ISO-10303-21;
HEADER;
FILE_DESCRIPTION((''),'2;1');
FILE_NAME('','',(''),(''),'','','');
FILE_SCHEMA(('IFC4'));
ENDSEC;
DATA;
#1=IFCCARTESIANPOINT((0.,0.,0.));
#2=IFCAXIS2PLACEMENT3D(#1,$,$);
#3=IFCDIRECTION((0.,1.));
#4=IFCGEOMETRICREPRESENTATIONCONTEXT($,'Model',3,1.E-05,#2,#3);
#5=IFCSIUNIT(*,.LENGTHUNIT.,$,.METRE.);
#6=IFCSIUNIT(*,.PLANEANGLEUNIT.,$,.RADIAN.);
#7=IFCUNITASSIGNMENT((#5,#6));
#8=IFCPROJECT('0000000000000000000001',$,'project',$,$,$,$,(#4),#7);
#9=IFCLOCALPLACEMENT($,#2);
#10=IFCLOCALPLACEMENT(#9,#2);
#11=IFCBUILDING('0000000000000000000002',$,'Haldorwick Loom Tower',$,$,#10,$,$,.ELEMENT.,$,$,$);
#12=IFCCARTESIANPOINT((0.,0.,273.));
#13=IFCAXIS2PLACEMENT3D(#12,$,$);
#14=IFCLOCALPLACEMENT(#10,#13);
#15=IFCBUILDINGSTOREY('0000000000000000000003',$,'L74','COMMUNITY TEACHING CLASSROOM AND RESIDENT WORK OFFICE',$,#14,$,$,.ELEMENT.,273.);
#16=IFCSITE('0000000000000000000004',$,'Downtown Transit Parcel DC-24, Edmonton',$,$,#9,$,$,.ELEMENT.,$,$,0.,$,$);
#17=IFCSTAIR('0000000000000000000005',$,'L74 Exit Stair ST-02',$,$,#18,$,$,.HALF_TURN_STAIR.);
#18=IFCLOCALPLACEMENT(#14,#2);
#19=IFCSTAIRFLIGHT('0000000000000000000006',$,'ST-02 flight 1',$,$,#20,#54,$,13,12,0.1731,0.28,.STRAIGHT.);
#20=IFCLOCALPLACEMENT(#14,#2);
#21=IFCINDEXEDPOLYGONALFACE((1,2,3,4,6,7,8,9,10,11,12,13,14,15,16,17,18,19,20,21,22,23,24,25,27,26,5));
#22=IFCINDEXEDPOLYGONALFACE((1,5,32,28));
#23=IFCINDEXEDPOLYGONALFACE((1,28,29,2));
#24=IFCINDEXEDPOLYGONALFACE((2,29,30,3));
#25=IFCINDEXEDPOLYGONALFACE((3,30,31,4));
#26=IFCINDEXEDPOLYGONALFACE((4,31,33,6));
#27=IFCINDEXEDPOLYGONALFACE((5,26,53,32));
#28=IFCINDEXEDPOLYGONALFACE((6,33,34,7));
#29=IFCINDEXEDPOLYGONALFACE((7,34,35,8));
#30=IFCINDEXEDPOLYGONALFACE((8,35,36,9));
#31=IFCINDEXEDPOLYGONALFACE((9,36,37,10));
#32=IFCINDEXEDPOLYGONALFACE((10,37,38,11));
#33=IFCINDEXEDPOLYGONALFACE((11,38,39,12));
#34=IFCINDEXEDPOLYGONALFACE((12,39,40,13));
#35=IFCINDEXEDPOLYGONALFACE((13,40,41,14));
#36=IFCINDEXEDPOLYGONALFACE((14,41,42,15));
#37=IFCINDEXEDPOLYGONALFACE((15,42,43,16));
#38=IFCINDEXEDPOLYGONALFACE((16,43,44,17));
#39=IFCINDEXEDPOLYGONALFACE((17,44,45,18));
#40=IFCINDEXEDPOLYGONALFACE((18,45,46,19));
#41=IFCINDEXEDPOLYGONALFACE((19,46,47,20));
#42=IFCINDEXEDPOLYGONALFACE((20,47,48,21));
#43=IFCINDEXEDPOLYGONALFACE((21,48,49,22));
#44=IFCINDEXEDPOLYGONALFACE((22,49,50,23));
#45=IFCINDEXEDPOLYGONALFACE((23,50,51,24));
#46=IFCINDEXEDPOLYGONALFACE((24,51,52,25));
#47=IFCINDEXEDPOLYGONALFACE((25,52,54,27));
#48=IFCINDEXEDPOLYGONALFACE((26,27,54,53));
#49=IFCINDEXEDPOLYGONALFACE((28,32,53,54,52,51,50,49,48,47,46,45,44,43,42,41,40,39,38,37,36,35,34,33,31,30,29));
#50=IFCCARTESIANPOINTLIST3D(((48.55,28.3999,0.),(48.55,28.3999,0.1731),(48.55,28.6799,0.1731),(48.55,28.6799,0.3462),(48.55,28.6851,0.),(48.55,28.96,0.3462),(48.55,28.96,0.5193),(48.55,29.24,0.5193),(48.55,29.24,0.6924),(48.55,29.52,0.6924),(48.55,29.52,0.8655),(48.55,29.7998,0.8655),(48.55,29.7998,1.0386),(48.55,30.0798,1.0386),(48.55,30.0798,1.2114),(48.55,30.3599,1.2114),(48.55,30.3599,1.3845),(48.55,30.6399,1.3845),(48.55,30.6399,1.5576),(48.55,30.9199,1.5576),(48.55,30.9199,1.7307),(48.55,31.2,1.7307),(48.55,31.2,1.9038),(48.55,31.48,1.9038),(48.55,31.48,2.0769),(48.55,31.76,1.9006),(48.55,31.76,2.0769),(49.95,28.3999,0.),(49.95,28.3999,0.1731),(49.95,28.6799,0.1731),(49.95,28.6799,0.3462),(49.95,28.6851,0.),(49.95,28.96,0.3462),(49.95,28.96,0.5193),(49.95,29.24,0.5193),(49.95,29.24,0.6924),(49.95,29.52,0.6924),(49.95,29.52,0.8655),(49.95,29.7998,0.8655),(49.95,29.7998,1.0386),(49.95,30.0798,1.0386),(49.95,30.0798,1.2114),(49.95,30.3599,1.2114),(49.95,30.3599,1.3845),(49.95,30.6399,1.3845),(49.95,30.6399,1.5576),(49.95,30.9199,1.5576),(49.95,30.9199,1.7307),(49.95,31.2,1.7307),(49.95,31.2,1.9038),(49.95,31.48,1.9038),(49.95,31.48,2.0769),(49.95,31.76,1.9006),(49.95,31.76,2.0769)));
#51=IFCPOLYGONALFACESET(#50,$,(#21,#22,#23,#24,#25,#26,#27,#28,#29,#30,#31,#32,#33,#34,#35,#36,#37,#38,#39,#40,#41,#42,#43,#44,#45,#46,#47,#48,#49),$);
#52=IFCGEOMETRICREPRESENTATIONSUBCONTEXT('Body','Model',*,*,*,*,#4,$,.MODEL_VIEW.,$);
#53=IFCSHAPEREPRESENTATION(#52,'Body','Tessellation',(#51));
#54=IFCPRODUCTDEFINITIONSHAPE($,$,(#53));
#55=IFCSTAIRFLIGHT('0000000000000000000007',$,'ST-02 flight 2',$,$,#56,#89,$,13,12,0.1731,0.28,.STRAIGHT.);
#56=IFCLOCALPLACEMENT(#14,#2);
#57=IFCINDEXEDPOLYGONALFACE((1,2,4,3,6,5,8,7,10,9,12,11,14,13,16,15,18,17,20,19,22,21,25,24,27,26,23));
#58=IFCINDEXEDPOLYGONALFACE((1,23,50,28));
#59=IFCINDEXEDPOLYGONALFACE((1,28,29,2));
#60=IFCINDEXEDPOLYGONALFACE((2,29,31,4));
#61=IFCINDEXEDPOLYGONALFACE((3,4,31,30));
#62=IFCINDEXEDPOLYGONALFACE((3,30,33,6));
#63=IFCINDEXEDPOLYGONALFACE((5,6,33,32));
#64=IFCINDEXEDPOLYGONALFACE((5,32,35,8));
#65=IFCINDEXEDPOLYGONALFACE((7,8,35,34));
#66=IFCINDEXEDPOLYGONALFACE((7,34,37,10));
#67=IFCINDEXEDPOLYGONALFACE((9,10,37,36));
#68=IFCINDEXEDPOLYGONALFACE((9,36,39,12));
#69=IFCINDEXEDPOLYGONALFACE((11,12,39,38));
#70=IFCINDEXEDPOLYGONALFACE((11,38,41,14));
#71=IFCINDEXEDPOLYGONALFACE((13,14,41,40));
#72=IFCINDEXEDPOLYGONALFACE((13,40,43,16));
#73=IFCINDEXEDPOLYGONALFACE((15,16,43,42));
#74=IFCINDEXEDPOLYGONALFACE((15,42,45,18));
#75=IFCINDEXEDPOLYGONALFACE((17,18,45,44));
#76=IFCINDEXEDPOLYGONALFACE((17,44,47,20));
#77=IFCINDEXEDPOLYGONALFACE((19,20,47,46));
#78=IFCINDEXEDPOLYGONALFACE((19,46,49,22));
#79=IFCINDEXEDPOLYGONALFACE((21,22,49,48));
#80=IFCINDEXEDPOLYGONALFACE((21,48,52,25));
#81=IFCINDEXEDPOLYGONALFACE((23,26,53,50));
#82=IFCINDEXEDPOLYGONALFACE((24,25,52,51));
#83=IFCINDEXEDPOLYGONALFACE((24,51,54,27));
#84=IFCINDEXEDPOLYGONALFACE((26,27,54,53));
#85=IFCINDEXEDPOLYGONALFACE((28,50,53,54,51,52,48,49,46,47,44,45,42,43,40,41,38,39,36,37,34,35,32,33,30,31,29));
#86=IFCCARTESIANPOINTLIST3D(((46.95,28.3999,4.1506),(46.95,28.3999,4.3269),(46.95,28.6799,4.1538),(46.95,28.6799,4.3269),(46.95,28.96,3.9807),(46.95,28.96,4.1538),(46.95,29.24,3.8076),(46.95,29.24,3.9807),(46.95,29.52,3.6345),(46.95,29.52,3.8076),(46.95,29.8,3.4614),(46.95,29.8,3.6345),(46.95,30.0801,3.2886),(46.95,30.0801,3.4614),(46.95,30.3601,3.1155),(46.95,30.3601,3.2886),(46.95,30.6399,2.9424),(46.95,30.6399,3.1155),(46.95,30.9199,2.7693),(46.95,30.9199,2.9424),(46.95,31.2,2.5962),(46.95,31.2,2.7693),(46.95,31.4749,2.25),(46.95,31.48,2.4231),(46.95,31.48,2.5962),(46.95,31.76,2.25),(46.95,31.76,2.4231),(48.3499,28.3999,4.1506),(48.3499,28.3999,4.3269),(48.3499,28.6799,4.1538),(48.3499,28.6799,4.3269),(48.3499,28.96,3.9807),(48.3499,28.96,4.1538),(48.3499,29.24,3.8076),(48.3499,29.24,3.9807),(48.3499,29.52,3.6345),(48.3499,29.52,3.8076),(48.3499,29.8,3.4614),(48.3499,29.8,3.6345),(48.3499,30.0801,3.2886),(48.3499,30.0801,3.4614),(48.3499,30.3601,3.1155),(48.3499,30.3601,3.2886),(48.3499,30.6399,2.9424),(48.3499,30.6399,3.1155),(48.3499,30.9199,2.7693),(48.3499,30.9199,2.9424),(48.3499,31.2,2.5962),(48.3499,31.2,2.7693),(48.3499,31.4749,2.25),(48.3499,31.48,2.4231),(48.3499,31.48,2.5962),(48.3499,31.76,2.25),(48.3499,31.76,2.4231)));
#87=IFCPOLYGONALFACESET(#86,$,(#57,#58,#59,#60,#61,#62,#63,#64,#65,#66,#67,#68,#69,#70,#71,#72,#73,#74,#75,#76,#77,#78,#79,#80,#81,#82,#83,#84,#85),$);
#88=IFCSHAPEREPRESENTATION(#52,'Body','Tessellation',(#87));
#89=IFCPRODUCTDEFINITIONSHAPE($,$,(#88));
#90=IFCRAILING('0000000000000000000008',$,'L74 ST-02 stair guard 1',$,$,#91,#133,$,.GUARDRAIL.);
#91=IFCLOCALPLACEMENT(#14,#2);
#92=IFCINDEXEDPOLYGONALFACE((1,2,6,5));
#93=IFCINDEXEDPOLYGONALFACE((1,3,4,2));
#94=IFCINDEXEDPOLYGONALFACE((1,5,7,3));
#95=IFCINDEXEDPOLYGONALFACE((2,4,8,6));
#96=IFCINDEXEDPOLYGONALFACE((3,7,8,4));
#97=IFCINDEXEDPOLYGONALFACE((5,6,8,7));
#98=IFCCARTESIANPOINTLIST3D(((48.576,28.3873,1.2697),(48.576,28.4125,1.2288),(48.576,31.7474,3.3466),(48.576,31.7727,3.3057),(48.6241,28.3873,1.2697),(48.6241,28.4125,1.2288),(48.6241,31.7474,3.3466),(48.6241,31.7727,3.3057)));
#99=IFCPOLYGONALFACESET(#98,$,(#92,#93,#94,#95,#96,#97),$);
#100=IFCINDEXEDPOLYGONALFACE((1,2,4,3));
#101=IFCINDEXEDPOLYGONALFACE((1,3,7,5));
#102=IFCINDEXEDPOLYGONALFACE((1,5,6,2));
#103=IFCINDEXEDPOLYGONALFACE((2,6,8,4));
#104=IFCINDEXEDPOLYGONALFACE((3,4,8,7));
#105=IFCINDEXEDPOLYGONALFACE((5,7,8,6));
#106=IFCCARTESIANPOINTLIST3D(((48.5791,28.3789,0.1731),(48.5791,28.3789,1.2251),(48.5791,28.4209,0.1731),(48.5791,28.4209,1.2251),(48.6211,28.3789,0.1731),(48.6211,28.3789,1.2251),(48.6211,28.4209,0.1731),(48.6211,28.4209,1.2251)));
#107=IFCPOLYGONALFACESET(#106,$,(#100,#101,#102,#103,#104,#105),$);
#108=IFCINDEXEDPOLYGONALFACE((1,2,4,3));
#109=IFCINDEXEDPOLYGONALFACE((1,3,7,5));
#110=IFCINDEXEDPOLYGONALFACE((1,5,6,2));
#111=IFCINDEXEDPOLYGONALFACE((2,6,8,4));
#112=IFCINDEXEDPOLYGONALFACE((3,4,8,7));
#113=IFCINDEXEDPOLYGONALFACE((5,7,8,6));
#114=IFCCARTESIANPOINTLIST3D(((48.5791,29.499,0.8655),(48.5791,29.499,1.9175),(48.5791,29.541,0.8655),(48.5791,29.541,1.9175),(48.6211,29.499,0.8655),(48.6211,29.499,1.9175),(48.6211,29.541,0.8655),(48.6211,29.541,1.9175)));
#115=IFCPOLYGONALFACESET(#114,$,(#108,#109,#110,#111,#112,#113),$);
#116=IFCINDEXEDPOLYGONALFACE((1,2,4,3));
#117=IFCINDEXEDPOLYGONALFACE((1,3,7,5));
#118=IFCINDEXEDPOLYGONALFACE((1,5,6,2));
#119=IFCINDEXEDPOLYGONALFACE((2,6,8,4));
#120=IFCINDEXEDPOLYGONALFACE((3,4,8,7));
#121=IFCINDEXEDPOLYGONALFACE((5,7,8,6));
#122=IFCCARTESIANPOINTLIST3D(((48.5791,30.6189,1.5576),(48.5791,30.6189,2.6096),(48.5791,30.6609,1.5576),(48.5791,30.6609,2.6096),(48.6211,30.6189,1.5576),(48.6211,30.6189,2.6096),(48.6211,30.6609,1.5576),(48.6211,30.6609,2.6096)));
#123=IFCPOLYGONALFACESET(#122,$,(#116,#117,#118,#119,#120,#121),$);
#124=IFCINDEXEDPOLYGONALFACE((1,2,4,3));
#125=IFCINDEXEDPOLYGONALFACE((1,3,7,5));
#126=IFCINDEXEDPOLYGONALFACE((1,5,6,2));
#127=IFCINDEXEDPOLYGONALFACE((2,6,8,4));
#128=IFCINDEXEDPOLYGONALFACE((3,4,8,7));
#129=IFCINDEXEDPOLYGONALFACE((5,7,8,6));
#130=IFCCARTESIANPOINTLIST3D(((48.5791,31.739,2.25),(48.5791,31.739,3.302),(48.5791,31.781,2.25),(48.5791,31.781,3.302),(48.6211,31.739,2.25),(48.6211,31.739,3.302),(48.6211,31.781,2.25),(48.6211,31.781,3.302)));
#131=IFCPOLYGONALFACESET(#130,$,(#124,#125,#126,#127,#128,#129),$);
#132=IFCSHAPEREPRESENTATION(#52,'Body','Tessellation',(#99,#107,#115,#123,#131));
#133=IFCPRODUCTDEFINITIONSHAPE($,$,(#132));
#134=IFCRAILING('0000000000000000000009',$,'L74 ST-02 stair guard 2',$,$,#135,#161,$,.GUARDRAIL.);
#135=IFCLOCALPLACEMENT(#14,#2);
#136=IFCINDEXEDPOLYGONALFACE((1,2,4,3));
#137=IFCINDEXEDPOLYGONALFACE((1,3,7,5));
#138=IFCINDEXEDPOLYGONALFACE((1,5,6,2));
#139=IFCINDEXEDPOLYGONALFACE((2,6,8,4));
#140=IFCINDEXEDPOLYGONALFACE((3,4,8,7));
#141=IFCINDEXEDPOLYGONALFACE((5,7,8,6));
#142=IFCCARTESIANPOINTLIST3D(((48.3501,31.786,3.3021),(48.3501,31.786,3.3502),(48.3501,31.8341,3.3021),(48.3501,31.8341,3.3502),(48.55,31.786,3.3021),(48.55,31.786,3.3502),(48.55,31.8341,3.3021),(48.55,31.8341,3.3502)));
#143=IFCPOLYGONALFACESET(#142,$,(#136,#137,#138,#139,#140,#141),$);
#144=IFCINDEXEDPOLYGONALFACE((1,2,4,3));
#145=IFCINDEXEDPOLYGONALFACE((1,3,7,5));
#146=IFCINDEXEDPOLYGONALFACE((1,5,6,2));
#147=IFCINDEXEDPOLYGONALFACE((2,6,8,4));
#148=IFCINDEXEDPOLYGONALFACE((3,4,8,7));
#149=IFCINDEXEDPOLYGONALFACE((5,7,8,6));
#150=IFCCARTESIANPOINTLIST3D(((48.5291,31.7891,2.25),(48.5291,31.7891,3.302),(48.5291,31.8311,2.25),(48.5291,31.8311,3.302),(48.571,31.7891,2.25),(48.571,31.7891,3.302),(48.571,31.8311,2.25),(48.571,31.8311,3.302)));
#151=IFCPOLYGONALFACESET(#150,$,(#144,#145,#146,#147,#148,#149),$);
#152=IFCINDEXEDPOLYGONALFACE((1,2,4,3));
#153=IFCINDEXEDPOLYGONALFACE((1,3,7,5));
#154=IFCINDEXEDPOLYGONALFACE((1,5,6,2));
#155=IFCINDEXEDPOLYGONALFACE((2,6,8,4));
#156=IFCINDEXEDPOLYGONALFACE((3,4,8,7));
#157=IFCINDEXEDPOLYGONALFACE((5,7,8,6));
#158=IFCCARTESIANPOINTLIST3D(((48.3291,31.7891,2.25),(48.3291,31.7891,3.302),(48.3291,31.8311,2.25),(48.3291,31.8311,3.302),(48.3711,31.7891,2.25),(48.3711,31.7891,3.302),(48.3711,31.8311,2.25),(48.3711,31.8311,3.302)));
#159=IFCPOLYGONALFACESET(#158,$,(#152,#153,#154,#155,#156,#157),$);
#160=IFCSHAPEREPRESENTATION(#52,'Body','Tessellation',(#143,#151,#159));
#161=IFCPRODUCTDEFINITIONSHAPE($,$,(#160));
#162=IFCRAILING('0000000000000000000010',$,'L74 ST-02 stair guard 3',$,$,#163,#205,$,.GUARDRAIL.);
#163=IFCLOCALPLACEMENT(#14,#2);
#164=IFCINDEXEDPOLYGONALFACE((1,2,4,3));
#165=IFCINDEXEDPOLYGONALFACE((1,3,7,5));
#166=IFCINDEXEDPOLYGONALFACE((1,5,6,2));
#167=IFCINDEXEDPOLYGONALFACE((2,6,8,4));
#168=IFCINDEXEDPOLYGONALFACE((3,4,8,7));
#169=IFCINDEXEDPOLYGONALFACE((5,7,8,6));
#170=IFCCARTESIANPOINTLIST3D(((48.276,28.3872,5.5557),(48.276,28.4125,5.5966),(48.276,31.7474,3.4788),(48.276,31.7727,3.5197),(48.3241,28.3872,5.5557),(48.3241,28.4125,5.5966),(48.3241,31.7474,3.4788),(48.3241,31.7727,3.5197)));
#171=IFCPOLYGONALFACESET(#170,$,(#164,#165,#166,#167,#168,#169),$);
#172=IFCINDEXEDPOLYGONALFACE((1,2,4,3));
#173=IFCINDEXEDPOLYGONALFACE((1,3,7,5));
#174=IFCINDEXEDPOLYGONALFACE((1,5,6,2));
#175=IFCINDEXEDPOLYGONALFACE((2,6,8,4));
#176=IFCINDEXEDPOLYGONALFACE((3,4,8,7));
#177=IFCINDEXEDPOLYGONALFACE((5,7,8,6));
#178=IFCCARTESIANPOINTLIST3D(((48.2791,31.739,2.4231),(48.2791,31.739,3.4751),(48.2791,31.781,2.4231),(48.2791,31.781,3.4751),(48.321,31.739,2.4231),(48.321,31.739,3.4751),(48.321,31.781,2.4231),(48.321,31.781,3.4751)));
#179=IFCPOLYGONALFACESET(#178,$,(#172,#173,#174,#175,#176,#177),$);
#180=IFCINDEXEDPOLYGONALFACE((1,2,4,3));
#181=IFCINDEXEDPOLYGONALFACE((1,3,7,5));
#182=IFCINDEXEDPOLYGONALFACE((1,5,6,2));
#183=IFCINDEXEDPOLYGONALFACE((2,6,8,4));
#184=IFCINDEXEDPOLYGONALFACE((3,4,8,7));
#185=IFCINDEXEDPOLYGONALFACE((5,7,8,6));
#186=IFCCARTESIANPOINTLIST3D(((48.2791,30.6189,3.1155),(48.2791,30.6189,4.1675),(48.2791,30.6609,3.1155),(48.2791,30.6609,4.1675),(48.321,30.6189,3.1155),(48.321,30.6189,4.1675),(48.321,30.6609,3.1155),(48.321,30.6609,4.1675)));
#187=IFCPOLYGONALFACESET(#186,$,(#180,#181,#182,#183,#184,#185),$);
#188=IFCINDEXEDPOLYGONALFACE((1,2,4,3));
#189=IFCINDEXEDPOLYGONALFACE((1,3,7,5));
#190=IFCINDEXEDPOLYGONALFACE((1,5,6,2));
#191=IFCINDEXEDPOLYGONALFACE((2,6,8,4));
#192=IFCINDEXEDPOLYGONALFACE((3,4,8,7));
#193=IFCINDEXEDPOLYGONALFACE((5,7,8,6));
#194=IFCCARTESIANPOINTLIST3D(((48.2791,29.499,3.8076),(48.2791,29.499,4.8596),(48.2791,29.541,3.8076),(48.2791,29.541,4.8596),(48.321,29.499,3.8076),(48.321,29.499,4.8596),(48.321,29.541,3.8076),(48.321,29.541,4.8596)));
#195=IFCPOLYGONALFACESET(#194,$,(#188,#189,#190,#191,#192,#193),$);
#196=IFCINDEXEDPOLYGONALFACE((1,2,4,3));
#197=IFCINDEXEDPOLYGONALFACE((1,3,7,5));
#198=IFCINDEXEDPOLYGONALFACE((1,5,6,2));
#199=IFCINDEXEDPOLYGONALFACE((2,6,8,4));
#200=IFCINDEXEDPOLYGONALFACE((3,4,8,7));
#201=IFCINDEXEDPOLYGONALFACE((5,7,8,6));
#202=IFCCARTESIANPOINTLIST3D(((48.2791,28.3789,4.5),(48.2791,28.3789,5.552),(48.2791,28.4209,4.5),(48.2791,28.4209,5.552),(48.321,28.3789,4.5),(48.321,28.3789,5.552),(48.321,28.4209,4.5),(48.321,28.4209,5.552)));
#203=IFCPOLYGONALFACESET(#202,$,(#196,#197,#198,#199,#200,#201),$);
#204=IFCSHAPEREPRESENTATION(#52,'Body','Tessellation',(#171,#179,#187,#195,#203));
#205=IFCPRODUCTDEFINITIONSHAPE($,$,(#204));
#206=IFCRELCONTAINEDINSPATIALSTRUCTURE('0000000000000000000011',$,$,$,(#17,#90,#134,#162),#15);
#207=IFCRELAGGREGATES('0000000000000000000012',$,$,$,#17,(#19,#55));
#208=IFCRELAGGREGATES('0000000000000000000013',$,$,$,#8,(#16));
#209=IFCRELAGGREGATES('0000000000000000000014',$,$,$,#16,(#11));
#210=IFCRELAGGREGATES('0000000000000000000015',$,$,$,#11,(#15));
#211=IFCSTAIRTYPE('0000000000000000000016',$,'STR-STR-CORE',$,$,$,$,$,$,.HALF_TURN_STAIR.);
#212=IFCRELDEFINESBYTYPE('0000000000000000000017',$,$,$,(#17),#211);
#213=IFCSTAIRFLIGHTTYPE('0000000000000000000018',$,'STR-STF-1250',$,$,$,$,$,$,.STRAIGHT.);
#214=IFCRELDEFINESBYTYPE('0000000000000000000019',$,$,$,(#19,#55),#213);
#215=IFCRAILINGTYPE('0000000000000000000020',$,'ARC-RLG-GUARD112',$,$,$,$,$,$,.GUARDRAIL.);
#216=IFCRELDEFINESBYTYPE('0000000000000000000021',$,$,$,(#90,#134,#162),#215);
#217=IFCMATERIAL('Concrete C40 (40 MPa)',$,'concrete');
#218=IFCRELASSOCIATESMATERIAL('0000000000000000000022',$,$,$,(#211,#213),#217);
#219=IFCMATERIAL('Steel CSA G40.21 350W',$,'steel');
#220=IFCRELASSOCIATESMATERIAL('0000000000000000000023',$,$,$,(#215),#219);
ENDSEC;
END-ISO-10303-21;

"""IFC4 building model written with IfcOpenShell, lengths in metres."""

from ifc_helpers import new_model, si_unit, direction, frame, origin, origin_2d, place, context, subcontext, project, spatial, polyline, rectangle, outline, extrude, material, type_object, element, aggregate, save


model = new_model("IFC4")

# Units and contexts
model_context = context("Model", 3, precision=1e-05, world=origin(), true_north=direction((0.0, 1.0)))
body_context = subcontext(model_context, "Body", "Model", "MODEL_VIEW")
ifc_project = project(units=[si_unit("LENGTHUNIT", "METRE"), si_unit("PLANEANGLEUNIT", "RADIAN")], contexts=[model_context])

# Site, building, storey
site_placement = place(None, origin())
site = spatial("IfcSite", under=ifc_project, at=site_placement, Name="Downtown Transit Parcel DC-24, Edmonton", CompositionType="ELEMENT", RefElevation=0.0)
building_placement = place(site_placement, origin())
building = spatial("IfcBuilding", under=site, at=building_placement, Name="Haldorwick Loom Tower", CompositionType="ELEMENT")
storey_placement = place(building_placement, frame((0.0, 0.0, 273.0)))
storey = spatial("IfcBuildingStorey", under=building, at=storey_placement, Name="L74", Description="COMMUNITY TEACHING CLASSROOM AND RESIDENT WORK OFFICE", CompositionType="ELEMENT", Elevation=273.0)

# Shared definitions
ifc_material_1 = material(Name="Steel CSA G40.21 350W", Category="steel")

# Stair, stair flights
ifc_material_2 = material(Name="Concrete C40 (40 MPa)", Category="concrete")
stair_type = type_object("IfcStairType", Name="STR-STR-CORE", PredefinedType="HALF_TURN_STAIR", material=ifc_material_2)
stair_placement = place(storey_placement, origin())
stair = element("IfcStair", 1, at=stair_placement, inside=storey, type_object=stair_type, Name="L74 Exit Stair ST-02", PredefinedType="HALF_TURN_STAIR")
stair_flight_type = type_object("IfcStairFlightType", Name="STR-STF-1250", PredefinedType="STRAIGHT", material=ifc_material_2)
stair_flight_1_placement = place(storey_placement, frame((49.25, 28.3999, 0.0), z_axis=(0.0, 0.0, 1.0), x_axis=(0.0, 1.0, 0.0)))
stair_flight_1 = element("IfcStairFlight", 2, at=stair_flight_1_placement, type_object=stair_flight_type, Name="ST-02 flight 1", NumberOfRisers=13, NumberOfTreads=12, PredefinedType="STRAIGHT", RiserHeight=0.1731, TreadLength=0.28, context=body_context, shape_type="SweptSolid", body=[
    extrude(outline(polyline([(0.0, 0.0), (0.0, 0.1731), (0.28, 0.1731), (0.28, 0.3462), (0.5601, 0.3462), (0.5601, 0.5193), (0.8401, 0.5193), (0.8401, 0.6924), (1.1201, 0.6924), (1.1201, 0.8655), (1.3999, 0.8655), (1.3999, 1.0386), (1.6799, 1.0386), (1.6799, 1.2114), (1.96, 1.2114), (1.96, 1.3845), (2.24, 1.3845), (2.24, 1.5576), (2.52, 1.5576), (2.52, 1.7307), (2.8, 1.7307), (2.8, 1.9038), (3.0801, 1.9038), (3.0801, 2.0769), (3.3601, 2.0769), (3.3601, 2.25), (3.3601, 1.9006), (0.2852, 0.0), (0.0, 0.0)])), frame((0.0, 0.7, 0.0), z_axis=(0.0, -1.0, 0.0), x_axis=(1.0, 0.0, 0.0)), (0.0, 0.0, 1.0), 1.3999),
])
stair_flight_2_placement = place(storey_placement, frame((47.6499, 31.76, 2.25), z_axis=(0.0, 0.0, 1.0), x_axis=(0.0, -1.0, 0.0)))
stair_flight_2 = element("IfcStairFlight", 3, at=stair_flight_2_placement, type_object=stair_flight_type, Name="ST-02 flight 2", NumberOfRisers=13, NumberOfTreads=12, PredefinedType="STRAIGHT", RiserHeight=0.1731, TreadLength=0.28, context=body_context, shape_type="SweptSolid", body=[
    extrude(outline(polyline([(0.0, 0.0), (0.0, 0.1731), (0.28, 0.1731), (0.28, 0.3462), (0.5601, 0.3462), (0.5601, 0.5193), (0.8401, 0.5193), (0.8401, 0.6924), (1.1201, 0.6924), (1.1201, 0.8655), (1.3999, 0.8655), (1.3999, 1.0386), (1.6799, 1.0386), (1.6799, 1.2114), (1.96, 1.2114), (1.96, 1.3845), (2.24, 1.3845), (2.24, 1.5576), (2.52, 1.5576), (2.52, 1.7307), (2.8, 1.7307), (2.8, 1.9038), (3.0801, 1.9038), (3.0801, 2.0769), (3.3601, 2.0769), (3.3601, 2.25), (3.3601, 1.9006), (0.2852, 0.0), (0.0, 0.0)])), frame((0.0, 0.7, 0.0), z_axis=(0.0, -1.0, 0.0), x_axis=(1.0, 0.0, 0.0)), (0.0, 0.0, 1.0), 1.3999),
])
aggregate(stair, [stair_flight_1, stair_flight_2])

# Railings
railing_type_1 = type_object("IfcRailingType", Name="ARC-RLG-GUARD112", PredefinedType="GUARDRAIL", material=ifc_material_1)
railing_1_placement = place(storey_placement, frame((48.6001, 28.3999, 0.1731)))
element("IfcRailing", 4, at=railing_1_placement, inside=storey, type_object=railing_type_1, Name="L74 ST-02 stair guard 1", PredefinedType="GUARDRAIL", context=body_context, shape_type="SweptSolid", body=[
    extrude(rectangle(XDim=0.0481, YDim=0.0481, at=origin_2d()), frame((0.0, 0.0, 1.0762), z_axis=(0.0, 0.850623, 0.525776), x_axis=(-1.0, 0.0, 0.0)), (0.0, 0.0, 1.0), 3.9502),
    extrude(rectangle(XDim=0.042, YDim=0.042, at=origin_2d()), origin(), (0.0, 0.0, 1.0), 1.052),
    extrude(rectangle(XDim=0.042, YDim=0.042, at=origin_2d()), frame((0.0, 1.1201, 0.6924)), (0.0, 0.0, 1.0), 1.052),
    extrude(rectangle(XDim=0.042, YDim=0.042, at=origin_2d()), frame((0.0, 2.24, 1.3845)), (0.0, 0.0, 1.0), 1.052),
    extrude(rectangle(XDim=0.042, YDim=0.042, at=origin_2d()), frame((0.0, 3.3601, 2.0769)), (0.0, 0.0, 1.0), 1.052),
])
railing_2_placement = place(storey_placement, frame((48.55, 31.8101, 2.25)))
element("IfcRailing", 5, at=railing_2_placement, inside=storey, type_object=railing_type_1, Name="L74 ST-02 stair guard 2", PredefinedType="GUARDRAIL", context=body_context, shape_type="SweptSolid", body=[
    extrude(rectangle(XDim=0.0481, YDim=0.0481, at=origin_2d()), frame((0.0, 0.0, 1.0762), z_axis=(-1.0, 0.0, 0.0), x_axis=(0.0, -1.0, 0.0)), (0.0, 0.0, 1.0), 0.2),
    extrude(rectangle(XDim=0.042, YDim=0.042, at=origin_2d()), origin(), (0.0, 0.0, 1.0), 1.052),
    extrude(rectangle(XDim=0.042, YDim=0.042, at=origin_2d()), frame((-0.2, 0.0, 0.0)), (0.0, 0.0, 1.0), 1.052),
])
railing_3_placement = place(storey_placement, frame((48.3, 31.76, 2.4231)))
element("IfcRailing", 6, at=railing_3_placement, inside=storey, type_object=railing_type_1, Name="L74 ST-02 stair guard 3", PredefinedType="GUARDRAIL", context=body_context, shape_type="SweptSolid", body=[
    extrude(rectangle(XDim=0.0481, YDim=0.0481, at=origin_2d()), frame((0.0, 0.0, 1.0762), z_axis=(0.0, -0.850623, 0.525776), x_axis=(1.0, 0.0, 0.0)), (0.0, 0.0, 1.0), 3.9502),
    extrude(rectangle(XDim=0.042, YDim=0.042, at=origin_2d()), origin(), (0.0, 0.0, 1.0), 1.052),
    extrude(rectangle(XDim=0.042, YDim=0.042, at=origin_2d()), frame((0.0, -1.1201, 0.6924)), (0.0, 0.0, 1.0), 1.052),
    extrude(rectangle(XDim=0.042, YDim=0.042, at=origin_2d()), frame((0.0, -2.24, 1.3845)), (0.0, 0.0, 1.0), 1.052),
    extrude(rectangle(XDim=0.042, YDim=0.042, at=origin_2d()), frame((0.0, -3.3601, 2.0769)), (0.0, 0.0, 1.0), 1.052),
])

save(model, "model.ifc")
